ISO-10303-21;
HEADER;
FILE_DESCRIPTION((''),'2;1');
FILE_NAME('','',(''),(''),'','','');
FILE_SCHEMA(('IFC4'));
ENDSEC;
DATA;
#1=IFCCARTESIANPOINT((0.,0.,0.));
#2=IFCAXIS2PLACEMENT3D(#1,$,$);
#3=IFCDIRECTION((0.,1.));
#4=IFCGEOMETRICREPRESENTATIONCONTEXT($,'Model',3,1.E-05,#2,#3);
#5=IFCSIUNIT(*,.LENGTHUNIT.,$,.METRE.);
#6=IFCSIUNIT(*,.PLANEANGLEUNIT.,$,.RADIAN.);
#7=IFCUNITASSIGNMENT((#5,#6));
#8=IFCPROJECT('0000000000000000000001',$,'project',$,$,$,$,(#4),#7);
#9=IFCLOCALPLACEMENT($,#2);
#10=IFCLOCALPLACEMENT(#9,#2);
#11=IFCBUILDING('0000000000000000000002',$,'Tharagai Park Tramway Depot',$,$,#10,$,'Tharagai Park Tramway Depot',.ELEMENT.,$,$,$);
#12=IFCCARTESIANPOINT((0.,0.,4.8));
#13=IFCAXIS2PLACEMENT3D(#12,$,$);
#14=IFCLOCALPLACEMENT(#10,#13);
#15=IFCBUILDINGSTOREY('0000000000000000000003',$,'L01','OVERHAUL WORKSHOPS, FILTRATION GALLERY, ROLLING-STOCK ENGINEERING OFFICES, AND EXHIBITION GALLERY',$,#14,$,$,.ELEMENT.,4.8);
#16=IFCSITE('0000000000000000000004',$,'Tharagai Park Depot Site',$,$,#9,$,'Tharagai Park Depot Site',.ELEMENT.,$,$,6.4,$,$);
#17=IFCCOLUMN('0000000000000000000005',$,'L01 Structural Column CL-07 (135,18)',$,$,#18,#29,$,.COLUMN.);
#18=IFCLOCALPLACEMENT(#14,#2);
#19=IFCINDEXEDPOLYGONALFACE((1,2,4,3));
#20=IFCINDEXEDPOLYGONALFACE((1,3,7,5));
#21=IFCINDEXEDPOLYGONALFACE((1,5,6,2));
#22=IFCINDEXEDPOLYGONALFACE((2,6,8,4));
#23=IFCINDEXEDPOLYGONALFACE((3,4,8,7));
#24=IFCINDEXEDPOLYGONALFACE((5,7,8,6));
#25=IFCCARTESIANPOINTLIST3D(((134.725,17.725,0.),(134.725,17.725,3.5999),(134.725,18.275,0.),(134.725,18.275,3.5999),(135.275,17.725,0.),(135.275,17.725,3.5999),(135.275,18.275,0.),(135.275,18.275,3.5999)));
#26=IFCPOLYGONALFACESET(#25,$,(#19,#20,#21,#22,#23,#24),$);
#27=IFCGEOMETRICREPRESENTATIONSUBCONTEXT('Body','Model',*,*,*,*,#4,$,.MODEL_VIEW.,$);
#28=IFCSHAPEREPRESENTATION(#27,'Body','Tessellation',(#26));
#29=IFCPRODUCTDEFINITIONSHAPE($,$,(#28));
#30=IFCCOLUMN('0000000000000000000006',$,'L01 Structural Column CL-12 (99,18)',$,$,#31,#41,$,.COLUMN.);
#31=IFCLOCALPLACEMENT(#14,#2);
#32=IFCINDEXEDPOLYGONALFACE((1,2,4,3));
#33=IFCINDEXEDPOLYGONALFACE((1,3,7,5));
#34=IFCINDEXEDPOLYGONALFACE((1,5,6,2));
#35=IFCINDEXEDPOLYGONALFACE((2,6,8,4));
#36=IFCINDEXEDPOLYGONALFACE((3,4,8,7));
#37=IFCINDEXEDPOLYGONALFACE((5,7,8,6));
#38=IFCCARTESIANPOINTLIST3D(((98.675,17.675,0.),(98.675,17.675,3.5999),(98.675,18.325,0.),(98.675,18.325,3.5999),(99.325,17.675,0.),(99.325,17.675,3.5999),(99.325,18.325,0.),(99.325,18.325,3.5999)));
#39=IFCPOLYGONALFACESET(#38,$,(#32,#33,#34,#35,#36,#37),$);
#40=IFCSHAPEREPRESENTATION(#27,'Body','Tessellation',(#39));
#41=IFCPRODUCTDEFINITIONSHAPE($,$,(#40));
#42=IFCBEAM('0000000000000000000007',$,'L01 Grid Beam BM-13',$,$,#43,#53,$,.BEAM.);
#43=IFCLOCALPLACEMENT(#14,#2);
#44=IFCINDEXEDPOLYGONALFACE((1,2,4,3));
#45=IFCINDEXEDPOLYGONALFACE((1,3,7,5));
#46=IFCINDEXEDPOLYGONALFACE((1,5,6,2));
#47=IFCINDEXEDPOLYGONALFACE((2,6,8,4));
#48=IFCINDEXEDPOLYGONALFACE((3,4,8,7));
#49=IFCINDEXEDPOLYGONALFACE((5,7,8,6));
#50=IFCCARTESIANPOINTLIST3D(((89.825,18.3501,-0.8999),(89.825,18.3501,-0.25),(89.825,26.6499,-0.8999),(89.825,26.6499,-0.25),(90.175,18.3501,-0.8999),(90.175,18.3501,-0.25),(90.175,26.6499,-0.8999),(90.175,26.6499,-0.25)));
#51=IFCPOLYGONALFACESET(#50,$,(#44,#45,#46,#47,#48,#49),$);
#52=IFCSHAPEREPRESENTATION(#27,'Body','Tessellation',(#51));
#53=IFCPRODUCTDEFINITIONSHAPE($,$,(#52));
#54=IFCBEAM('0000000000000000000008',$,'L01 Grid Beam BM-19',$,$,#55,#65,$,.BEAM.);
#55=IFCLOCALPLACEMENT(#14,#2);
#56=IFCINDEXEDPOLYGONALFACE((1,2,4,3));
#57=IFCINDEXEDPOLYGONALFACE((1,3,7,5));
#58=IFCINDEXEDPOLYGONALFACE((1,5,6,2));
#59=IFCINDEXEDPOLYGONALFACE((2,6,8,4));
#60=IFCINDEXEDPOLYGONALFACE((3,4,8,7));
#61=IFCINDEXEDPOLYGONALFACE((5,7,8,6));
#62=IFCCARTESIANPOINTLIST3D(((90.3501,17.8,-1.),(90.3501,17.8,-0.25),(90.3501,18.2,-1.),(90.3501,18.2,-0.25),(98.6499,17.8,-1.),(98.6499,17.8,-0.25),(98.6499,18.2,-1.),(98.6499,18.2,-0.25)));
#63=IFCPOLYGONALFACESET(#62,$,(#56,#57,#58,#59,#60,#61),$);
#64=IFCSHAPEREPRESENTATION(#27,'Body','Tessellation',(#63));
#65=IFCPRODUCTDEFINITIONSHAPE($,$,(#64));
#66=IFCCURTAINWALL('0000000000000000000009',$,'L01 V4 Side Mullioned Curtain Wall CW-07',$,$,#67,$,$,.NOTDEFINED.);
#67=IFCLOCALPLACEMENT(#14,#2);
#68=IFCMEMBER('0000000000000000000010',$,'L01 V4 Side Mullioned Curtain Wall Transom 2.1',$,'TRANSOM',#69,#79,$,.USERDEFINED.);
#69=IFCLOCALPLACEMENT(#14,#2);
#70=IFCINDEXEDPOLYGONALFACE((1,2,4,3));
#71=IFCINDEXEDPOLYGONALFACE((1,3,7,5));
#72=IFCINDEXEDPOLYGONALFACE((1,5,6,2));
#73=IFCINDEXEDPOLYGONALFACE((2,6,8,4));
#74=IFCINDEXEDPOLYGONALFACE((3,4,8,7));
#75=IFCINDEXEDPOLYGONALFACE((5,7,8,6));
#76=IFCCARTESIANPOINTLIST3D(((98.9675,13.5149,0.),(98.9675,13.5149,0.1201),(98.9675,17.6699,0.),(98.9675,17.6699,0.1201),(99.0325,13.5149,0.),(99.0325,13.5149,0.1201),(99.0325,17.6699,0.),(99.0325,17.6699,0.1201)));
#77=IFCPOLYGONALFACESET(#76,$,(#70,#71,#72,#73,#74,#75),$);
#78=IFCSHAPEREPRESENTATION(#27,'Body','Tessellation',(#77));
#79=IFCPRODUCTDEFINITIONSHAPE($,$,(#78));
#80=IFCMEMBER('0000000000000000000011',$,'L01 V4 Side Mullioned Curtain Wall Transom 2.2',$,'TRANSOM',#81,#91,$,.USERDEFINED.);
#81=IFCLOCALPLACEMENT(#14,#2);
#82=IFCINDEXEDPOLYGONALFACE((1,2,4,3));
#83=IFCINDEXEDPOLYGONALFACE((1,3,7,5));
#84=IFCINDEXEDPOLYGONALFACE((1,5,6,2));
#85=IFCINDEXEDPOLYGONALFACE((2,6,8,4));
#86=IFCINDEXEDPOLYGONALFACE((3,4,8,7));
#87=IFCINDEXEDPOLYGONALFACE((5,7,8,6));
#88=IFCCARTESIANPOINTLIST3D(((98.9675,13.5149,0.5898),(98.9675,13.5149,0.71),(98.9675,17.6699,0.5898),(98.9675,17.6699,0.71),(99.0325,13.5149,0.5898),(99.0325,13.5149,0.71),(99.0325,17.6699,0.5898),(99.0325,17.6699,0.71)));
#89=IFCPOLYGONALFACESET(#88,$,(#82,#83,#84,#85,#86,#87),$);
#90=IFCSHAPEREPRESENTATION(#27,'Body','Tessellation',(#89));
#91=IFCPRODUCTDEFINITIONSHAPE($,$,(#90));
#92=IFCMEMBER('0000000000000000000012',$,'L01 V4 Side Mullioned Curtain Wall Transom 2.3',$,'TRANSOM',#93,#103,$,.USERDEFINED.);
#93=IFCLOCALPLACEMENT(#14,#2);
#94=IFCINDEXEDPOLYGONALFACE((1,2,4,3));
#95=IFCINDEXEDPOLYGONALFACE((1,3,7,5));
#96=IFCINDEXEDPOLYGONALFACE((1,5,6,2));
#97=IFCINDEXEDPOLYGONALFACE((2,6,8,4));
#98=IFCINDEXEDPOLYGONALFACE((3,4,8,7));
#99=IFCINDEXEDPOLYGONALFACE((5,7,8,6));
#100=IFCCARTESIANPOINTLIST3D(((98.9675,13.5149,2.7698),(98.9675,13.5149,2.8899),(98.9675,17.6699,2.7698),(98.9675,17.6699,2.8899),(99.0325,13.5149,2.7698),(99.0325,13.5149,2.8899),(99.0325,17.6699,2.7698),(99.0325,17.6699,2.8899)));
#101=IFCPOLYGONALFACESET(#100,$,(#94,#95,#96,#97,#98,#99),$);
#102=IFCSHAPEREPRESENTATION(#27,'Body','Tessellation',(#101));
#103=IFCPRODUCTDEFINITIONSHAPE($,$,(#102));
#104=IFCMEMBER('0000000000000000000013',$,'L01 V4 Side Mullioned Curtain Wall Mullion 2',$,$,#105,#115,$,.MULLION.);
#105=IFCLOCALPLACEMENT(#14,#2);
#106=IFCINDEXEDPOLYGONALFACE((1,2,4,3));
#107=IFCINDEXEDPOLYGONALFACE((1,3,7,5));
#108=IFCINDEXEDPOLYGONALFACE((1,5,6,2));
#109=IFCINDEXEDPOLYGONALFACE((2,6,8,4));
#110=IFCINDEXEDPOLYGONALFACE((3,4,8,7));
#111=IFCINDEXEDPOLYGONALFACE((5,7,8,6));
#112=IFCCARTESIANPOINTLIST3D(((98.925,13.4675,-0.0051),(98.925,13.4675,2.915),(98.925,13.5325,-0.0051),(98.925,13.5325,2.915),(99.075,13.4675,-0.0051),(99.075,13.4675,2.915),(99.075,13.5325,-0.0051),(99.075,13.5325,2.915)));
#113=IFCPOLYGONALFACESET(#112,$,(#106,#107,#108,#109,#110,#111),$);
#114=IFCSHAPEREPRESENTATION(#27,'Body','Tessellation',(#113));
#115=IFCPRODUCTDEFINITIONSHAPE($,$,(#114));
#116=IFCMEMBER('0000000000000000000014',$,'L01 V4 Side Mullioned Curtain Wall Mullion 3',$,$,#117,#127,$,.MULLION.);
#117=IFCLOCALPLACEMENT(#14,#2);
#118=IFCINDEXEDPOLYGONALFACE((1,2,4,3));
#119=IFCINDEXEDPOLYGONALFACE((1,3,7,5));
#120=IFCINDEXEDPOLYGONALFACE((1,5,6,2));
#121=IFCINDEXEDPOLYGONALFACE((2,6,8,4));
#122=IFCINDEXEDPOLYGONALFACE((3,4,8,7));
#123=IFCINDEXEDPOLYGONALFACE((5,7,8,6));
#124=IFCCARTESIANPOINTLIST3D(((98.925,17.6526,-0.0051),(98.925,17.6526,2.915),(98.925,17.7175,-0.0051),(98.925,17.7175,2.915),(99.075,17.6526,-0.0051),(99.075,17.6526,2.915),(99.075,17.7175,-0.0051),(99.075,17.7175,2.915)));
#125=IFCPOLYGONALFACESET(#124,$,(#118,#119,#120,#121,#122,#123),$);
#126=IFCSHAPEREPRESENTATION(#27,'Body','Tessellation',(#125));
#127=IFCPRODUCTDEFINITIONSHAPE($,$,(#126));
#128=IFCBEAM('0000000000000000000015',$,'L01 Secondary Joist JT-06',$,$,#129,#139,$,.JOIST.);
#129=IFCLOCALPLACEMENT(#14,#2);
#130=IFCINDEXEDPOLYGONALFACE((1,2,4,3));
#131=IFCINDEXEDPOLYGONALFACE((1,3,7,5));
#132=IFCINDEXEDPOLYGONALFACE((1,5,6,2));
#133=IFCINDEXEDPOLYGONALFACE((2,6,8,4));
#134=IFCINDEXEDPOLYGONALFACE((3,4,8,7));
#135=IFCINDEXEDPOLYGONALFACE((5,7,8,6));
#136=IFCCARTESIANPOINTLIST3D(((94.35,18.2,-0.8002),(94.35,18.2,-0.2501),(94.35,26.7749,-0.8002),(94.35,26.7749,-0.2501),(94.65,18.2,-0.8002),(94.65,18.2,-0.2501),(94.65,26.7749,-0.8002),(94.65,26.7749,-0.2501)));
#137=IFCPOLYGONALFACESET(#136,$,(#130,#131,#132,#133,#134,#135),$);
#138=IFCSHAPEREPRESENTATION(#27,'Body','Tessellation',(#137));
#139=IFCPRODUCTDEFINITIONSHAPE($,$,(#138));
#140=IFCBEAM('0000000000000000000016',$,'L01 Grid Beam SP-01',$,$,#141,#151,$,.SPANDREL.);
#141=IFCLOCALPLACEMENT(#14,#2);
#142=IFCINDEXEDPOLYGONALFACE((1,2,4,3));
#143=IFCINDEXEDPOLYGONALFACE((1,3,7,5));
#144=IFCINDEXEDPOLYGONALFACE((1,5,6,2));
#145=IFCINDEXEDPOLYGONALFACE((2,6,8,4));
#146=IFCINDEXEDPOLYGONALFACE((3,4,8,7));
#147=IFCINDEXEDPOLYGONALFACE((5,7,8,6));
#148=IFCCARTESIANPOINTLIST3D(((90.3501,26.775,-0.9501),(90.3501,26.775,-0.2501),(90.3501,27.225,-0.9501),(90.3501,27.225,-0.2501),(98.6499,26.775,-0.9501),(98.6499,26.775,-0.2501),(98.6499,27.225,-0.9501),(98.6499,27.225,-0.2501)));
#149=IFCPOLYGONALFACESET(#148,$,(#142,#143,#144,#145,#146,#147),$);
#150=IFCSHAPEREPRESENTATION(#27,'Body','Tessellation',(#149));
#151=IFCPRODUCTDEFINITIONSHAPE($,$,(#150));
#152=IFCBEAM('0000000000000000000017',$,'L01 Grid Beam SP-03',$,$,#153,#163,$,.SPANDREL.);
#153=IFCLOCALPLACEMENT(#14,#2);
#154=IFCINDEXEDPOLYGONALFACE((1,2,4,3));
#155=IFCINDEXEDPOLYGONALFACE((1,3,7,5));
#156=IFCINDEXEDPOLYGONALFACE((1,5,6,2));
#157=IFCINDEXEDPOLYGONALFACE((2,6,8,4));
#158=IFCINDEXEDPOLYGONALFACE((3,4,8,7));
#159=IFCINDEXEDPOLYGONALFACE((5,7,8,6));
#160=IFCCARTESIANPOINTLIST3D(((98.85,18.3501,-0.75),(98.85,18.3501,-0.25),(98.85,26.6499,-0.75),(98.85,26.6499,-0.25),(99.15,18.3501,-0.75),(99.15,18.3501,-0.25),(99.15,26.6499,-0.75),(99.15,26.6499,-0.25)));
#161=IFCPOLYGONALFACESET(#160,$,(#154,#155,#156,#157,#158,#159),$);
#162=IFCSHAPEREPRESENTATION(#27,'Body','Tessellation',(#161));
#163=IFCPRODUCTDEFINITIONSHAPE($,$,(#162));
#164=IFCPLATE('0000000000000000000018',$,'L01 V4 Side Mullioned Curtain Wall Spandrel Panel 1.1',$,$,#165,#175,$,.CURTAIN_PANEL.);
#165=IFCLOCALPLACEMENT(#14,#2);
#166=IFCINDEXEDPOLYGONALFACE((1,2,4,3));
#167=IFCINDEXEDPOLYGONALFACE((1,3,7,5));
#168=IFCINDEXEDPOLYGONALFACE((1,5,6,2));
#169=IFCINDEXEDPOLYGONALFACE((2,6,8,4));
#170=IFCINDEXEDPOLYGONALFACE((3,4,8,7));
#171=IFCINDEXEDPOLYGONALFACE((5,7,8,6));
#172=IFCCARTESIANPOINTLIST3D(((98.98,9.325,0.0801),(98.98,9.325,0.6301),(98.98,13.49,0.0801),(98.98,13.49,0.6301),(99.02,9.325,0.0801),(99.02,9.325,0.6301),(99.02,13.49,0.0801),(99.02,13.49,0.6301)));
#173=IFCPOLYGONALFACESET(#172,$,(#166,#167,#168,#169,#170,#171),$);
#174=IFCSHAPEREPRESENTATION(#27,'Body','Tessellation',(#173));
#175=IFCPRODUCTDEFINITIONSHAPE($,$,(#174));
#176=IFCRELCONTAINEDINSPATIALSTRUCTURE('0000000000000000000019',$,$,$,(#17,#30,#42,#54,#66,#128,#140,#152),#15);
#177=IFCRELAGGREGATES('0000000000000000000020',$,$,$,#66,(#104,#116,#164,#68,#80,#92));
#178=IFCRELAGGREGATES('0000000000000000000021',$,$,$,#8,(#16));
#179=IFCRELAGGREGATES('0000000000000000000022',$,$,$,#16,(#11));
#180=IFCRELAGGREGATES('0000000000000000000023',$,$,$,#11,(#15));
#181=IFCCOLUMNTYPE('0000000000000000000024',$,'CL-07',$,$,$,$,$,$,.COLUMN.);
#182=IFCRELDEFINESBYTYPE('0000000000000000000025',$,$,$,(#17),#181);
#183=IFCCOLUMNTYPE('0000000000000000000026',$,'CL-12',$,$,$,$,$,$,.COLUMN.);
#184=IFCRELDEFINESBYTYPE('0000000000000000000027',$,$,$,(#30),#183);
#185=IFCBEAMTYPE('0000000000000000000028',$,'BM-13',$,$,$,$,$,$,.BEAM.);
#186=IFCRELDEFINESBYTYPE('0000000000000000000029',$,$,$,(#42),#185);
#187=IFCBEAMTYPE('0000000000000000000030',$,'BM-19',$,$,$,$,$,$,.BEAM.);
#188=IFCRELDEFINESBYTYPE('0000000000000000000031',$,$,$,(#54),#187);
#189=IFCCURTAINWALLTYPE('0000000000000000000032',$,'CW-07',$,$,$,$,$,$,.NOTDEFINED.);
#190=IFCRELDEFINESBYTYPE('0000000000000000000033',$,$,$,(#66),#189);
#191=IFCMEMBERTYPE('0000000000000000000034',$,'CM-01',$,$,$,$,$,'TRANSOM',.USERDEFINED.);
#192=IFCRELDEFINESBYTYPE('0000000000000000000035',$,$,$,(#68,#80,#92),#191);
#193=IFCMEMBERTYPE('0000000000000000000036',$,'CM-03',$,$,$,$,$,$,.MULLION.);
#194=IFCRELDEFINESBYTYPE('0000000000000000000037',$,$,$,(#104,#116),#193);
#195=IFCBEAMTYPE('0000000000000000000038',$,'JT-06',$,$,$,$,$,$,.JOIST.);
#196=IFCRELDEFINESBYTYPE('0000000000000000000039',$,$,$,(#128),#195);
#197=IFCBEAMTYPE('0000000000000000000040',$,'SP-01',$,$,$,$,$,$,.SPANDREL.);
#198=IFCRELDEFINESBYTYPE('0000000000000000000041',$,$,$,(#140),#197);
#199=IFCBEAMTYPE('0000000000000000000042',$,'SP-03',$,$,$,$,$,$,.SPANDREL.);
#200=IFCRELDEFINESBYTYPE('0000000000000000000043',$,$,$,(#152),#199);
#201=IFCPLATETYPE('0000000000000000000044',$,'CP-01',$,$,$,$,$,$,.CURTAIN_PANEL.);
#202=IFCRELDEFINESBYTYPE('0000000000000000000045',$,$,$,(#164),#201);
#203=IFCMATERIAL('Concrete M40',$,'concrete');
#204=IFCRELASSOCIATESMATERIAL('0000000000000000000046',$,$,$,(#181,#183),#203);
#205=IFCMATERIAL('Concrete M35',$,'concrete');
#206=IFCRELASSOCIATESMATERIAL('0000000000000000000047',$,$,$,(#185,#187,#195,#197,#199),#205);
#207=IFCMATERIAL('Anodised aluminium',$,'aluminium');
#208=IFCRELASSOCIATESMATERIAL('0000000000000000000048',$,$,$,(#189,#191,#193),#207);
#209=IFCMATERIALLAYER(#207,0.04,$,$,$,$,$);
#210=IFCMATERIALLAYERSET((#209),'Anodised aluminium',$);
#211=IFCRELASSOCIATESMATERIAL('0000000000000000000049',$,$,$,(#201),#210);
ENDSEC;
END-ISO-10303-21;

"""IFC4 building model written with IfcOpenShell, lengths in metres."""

from ifc_helpers import new_model, si_unit, direction, frame, origin, origin_2d, place, context, subcontext, project, spatial, rectangle, extrude, material, layer, layer_set, material_profile, profile_set, type_object, element, aggregate, save


model = new_model("IFC4")

# Units and contexts
model_context = context("Model", 3, precision=1e-05, world=origin(), true_north=direction((0.0, 1.0)))
body_context = subcontext(model_context, "Body", "Model", "MODEL_VIEW")
ifc_project = project(units=[si_unit("LENGTHUNIT", "METRE"), si_unit("PLANEANGLEUNIT", "RADIAN")], contexts=[model_context])

# Site, building, storey
site_placement = place(None, origin())
site = spatial("IfcSite", under=ifc_project, at=site_placement, Name="Tharagai Park Depot Site", LongName="Tharagai Park Depot Site", CompositionType="ELEMENT", RefElevation=6.4)
building_placement = place(site_placement, origin())
building = spatial("IfcBuilding", under=site, at=building_placement, Name="Tharagai Park Tramway Depot", LongName="Tharagai Park Tramway Depot", CompositionType="ELEMENT")
storey_placement = place(building_placement, frame((0.0, 0.0, 4.8)))
storey = spatial("IfcBuildingStorey", under=building, at=storey_placement, Name="L01", Description="OVERHAUL WORKSHOPS, FILTRATION GALLERY, ROLLING-STOCK ENGINEERING OFFICES, AND EXHIBITION GALLERY", CompositionType="ELEMENT", Elevation=4.8)

# Columns
ifc_material_1 = material(Name="Concrete M40", Category="concrete")
ifc_material_profile_1 = material_profile(ifc_material_1, rectangle(XDim=0.55, YDim=0.55, at=origin_2d()), Name="RC 550x550")
ifc_profile_set_1 = profile_set([ifc_material_profile_1], Name="Concrete M40")
column_type_1 = type_object("IfcColumnType", Name="CL-07", PredefinedType="COLUMN", material=ifc_profile_set_1)
column_1_placement = place(storey_placement, frame((135.0, 18.0, 0.0), z_axis=(0.0, 0.0, 1.0), x_axis=(1.0, 0.0, 0.0)))
element("IfcColumn", 1, at=column_1_placement, inside=storey, type_object=column_type_1, Name="L01 Structural Column CL-07 (135,18)", PredefinedType="COLUMN", context=body_context, shape_type="SweptSolid", body=[
    extrude(rectangle(XDim=0.55, YDim=0.55, at=origin_2d()), origin(), (0.0, 0.0, 1.0), 3.5999),
])
ifc_material_profile_2 = material_profile(ifc_material_1, rectangle(XDim=0.6499, YDim=0.6499, at=origin_2d()), Name="RC 650x650")
ifc_profile_set_2 = profile_set([ifc_material_profile_2], Name="Concrete M40")
column_type_2 = type_object("IfcColumnType", Name="CL-12", PredefinedType="COLUMN", material=ifc_profile_set_2)
column_2_placement = place(storey_placement, frame((99.0, 18.0, 0.0), z_axis=(0.0, 0.0, 1.0), x_axis=(1.0, 0.0, 0.0)))
element("IfcColumn", 2, at=column_2_placement, inside=storey, type_object=column_type_2, Name="L01 Structural Column CL-12 (99,18)", PredefinedType="COLUMN", context=body_context, shape_type="SweptSolid", body=[
    extrude(rectangle(XDim=0.6499, YDim=0.6499, at=origin_2d()), origin(), (0.0, 0.0, 1.0), 3.5999),
])

# Beams
ifc_material_2 = material(Name="Concrete M35", Category="concrete")
ifc_material_profile_3 = material_profile(ifc_material_2, rectangle(XDim=0.3501, YDim=0.6499, at=origin_2d()), Name="RC 350x650")
ifc_profile_set_3 = profile_set([ifc_material_profile_3], Name="Concrete M35")
beam_type_1 = type_object("IfcBeamType", Name="BM-13", PredefinedType="BEAM", material=ifc_profile_set_3)
beam_1_placement = place(storey_placement, frame((90.0, 18.3501, -0.575), z_axis=(0.0, 1.0, 0.0), x_axis=(-1.0, 0.0, 0.0)))
element("IfcBeam", 3, at=beam_1_placement, inside=storey, type_object=beam_type_1, Name="L01 Grid Beam BM-13", PredefinedType="BEAM", context=body_context, shape_type="SweptSolid", body=[
    extrude(rectangle(XDim=0.3501, YDim=0.6499, at=origin_2d()), origin(), (0.0, 0.0, 1.0), 8.2998),
])
ifc_material_profile_4 = material_profile(ifc_material_2, rectangle(XDim=0.3999, YDim=0.75, at=origin_2d()), Name="RC 400x750")
ifc_profile_set_4 = profile_set([ifc_material_profile_4], Name="Concrete M35")
beam_type_2 = type_object("IfcBeamType", Name="BM-19", PredefinedType="BEAM", material=ifc_profile_set_4)
beam_2_placement = place(storey_placement, frame((90.3501, 18.0, -0.625), z_axis=(1.0, 0.0, 0.0), x_axis=(0.0, 1.0, 0.0)))
element("IfcBeam", 4, at=beam_2_placement, inside=storey, type_object=beam_type_2, Name="L01 Grid Beam BM-19", PredefinedType="BEAM", context=body_context, shape_type="SweptSolid", body=[
    extrude(rectangle(XDim=0.3999, YDim=0.75, at=origin_2d()), origin(), (0.0, 0.0, 1.0), 8.2998),
])

# Curtain wall, members
ifc_material_3 = material(Name="Anodised aluminium", Category="aluminium")
curtain_wall_type = type_object("IfcCurtainWallType", Name="CW-07", PredefinedType="NOTDEFINED", material=ifc_material_3)
curtain_wall_placement = place(storey_placement, origin())
curtain_wall = element("IfcCurtainWall", 5, at=curtain_wall_placement, inside=storey, type_object=curtain_wall_type, Name="L01 V4 Side Mullioned Curtain Wall CW-07", PredefinedType="NOTDEFINED")
ifc_material_profile_5 = material_profile(ifc_material_3, rectangle(XDim=0.0649, YDim=0.1201, at=origin_2d()), Name="ALU 65x120")
ifc_profile_set_5 = profile_set([ifc_material_profile_5], Name="Anodised aluminium")
member_type_1 = type_object("IfcMemberType", Name="CM-01", ElementType="TRANSOM", PredefinedType="USERDEFINED", material=ifc_profile_set_5)
member_1_placement = place(storey_placement, frame((99.0, 13.5149, 0.0601), z_axis=(0.0, 1.0, 0.0), x_axis=(-1.0, 0.0, 0.0)))
member_1 = element("IfcMember", 6, at=member_1_placement, type_object=member_type_1, Name="L01 V4 Side Mullioned Curtain Wall Transom 2.1", ObjectType="TRANSOM", PredefinedType="USERDEFINED", context=body_context, shape_type="SweptSolid", body=[
    extrude(rectangle(XDim=0.0649, YDim=0.1201, at=origin_2d()), origin(), (0.0, 0.0, 1.0), 4.155),
])
member_2_placement = place(storey_placement, frame((99.0, 13.5149, 0.6499), z_axis=(0.0, 1.0, 0.0), x_axis=(-1.0, 0.0, 0.0)))
member_2 = element("IfcMember", 7, at=member_2_placement, type_object=member_type_1, Name="L01 V4 Side Mullioned Curtain Wall Transom 2.2", ObjectType="TRANSOM", PredefinedType="USERDEFINED", context=body_context, shape_type="SweptSolid", body=[
    extrude(rectangle(XDim=0.0649, YDim=0.1201, at=origin_2d()), origin(), (0.0, 0.0, 1.0), 4.155),
])
member_3_placement = place(storey_placement, frame((99.0, 13.5149, 2.8298), z_axis=(0.0, 1.0, 0.0), x_axis=(-1.0, 0.0, 0.0)))
member_3 = element("IfcMember", 8, at=member_3_placement, type_object=member_type_1, Name="L01 V4 Side Mullioned Curtain Wall Transom 2.3", ObjectType="TRANSOM", PredefinedType="USERDEFINED", context=body_context, shape_type="SweptSolid", body=[
    extrude(rectangle(XDim=0.0649, YDim=0.1201, at=origin_2d()), origin(), (0.0, 0.0, 1.0), 4.155),
])
ifc_material_profile_6 = material_profile(ifc_material_3, rectangle(XDim=0.0649, YDim=0.1499, at=origin_2d()), Name="ALU 65x150")
ifc_profile_set_6 = profile_set([ifc_material_profile_6], Name="Anodised aluminium")
member_type_2 = type_object("IfcMemberType", Name="CM-03", PredefinedType="MULLION", material=ifc_profile_set_6)
member_4_placement = place(storey_placement, frame((99.0, 13.5, -0.0051), z_axis=(0.0, 0.0, 1.0), x_axis=(0.0, 1.0, 0.0)))
member_4 = element("IfcMember", 9, at=member_4_placement, type_object=member_type_2, Name="L01 V4 Side Mullioned Curtain Wall Mullion 2", PredefinedType="MULLION", context=body_context, shape_type="SweptSolid", body=[
    extrude(rectangle(XDim=0.0649, YDim=0.1499, at=origin_2d()), origin(), (0.0, 0.0, 1.0), 2.9202),
])
member_5_placement = place(storey_placement, frame((99.0, 17.6851, -0.0051), z_axis=(0.0, 0.0, 1.0), x_axis=(0.0, 1.0, 0.0)))
member_5 = element("IfcMember", 10, at=member_5_placement, type_object=member_type_2, Name="L01 V4 Side Mullioned Curtain Wall Mullion 3", PredefinedType="MULLION", context=body_context, shape_type="SweptSolid", body=[
    extrude(rectangle(XDim=0.0649, YDim=0.1499, at=origin_2d()), origin(), (0.0, 0.0, 1.0), 2.9202),
])

# Beams
ifc_material_profile_7 = material_profile(ifc_material_2, rectangle(XDim=0.3, YDim=0.55, at=origin_2d()), Name="RC 300x550")
ifc_profile_set_7 = profile_set([ifc_material_profile_7], Name="Concrete M35")
beam_type_3 = type_object("IfcBeamType", Name="JT-06", PredefinedType="JOIST", material=ifc_profile_set_7)
beam_3_placement = place(storey_placement, frame((94.5, 18.2, -0.5251), z_axis=(0.0, 1.0, 0.0), x_axis=(-1.0, 0.0, 0.0)))
element("IfcBeam", 11, at=beam_3_placement, inside=storey, type_object=beam_type_3, Name="L01 Secondary Joist JT-06", PredefinedType="JOIST", context=body_context, shape_type="SweptSolid", body=[
    extrude(rectangle(XDim=0.3, YDim=0.55, at=origin_2d()), origin(), (0.0, 0.0, 1.0), 8.575),
])
ifc_material_profile_8 = material_profile(ifc_material_2, rectangle(XDim=0.45, YDim=0.7, at=origin_2d()), Name="RC 450x700")
ifc_profile_set_8 = profile_set([ifc_material_profile_8], Name="Concrete M35")
beam_type_4 = type_object("IfcBeamType", Name="SP-01", PredefinedType="SPANDREL", material=ifc_profile_set_8)
beam_4_placement = place(storey_placement, frame((90.3501, 27.0, -0.6001), z_axis=(1.0, 0.0, 0.0), x_axis=(0.0, 1.0, 0.0)))
element("IfcBeam", 12, at=beam_4_placement, inside=storey, type_object=beam_type_4, Name="L01 Grid Beam SP-01", PredefinedType="SPANDREL", context=body_context, shape_type="SweptSolid", body=[
    extrude(rectangle(XDim=0.45, YDim=0.7, at=origin_2d()), origin(), (0.0, 0.0, 1.0), 8.2998),
])
ifc_material_profile_9 = material_profile(ifc_material_2, rectangle(XDim=0.3, YDim=0.5, at=origin_2d()), Name="RC 300x500")
ifc_profile_set_9 = profile_set([ifc_material_profile_9], Name="Concrete M35")
beam_type_5 = type_object("IfcBeamType", Name="SP-03", PredefinedType="SPANDREL", material=ifc_profile_set_9)
beam_5_placement = place(storey_placement, frame((99.0, 18.3501, -0.5), z_axis=(0.0, 1.0, 0.0), x_axis=(-1.0, 0.0, 0.0)))
element("IfcBeam", 13, at=beam_5_placement, inside=storey, type_object=beam_type_5, Name="L01 Grid Beam SP-03", PredefinedType="SPANDREL", context=body_context, shape_type="SweptSolid", body=[
    extrude(rectangle(XDim=0.3, YDim=0.5, at=origin_2d()), origin(), (0.0, 0.0, 1.0), 8.2998),
])

# Plate
ifc_layer_1 = layer(ifc_material_3, 0.04)
ifc_layer_set_1 = layer_set([ifc_layer_1], Name="Anodised aluminium")
plate_type_1 = type_object("IfcPlateType", Name="CP-01", PredefinedType="CURTAIN_PANEL", material=ifc_layer_set_1)
plate_1_placement = place(storey_placement, frame((99.0, 11.4075, 0.0801), z_axis=(0.0, 0.0, 1.0), x_axis=(0.0, 1.0, 0.0)))
plate_1 = element("IfcPlate", 14, at=plate_1_placement, type_object=plate_type_1, Name="L01 V4 Side Mullioned Curtain Wall Spandrel Panel 1.1", PredefinedType="CURTAIN_PANEL", context=body_context, shape_type="SweptSolid", body=[
    extrude(rectangle(XDim=4.165, YDim=0.04, at=origin_2d()), origin(), (0.0, 0.0, 1.0), 0.55),
])
aggregate(curtain_wall, [member_4, member_5, plate_1, member_1, member_2, member_3])

save(model, "model.ifc")
